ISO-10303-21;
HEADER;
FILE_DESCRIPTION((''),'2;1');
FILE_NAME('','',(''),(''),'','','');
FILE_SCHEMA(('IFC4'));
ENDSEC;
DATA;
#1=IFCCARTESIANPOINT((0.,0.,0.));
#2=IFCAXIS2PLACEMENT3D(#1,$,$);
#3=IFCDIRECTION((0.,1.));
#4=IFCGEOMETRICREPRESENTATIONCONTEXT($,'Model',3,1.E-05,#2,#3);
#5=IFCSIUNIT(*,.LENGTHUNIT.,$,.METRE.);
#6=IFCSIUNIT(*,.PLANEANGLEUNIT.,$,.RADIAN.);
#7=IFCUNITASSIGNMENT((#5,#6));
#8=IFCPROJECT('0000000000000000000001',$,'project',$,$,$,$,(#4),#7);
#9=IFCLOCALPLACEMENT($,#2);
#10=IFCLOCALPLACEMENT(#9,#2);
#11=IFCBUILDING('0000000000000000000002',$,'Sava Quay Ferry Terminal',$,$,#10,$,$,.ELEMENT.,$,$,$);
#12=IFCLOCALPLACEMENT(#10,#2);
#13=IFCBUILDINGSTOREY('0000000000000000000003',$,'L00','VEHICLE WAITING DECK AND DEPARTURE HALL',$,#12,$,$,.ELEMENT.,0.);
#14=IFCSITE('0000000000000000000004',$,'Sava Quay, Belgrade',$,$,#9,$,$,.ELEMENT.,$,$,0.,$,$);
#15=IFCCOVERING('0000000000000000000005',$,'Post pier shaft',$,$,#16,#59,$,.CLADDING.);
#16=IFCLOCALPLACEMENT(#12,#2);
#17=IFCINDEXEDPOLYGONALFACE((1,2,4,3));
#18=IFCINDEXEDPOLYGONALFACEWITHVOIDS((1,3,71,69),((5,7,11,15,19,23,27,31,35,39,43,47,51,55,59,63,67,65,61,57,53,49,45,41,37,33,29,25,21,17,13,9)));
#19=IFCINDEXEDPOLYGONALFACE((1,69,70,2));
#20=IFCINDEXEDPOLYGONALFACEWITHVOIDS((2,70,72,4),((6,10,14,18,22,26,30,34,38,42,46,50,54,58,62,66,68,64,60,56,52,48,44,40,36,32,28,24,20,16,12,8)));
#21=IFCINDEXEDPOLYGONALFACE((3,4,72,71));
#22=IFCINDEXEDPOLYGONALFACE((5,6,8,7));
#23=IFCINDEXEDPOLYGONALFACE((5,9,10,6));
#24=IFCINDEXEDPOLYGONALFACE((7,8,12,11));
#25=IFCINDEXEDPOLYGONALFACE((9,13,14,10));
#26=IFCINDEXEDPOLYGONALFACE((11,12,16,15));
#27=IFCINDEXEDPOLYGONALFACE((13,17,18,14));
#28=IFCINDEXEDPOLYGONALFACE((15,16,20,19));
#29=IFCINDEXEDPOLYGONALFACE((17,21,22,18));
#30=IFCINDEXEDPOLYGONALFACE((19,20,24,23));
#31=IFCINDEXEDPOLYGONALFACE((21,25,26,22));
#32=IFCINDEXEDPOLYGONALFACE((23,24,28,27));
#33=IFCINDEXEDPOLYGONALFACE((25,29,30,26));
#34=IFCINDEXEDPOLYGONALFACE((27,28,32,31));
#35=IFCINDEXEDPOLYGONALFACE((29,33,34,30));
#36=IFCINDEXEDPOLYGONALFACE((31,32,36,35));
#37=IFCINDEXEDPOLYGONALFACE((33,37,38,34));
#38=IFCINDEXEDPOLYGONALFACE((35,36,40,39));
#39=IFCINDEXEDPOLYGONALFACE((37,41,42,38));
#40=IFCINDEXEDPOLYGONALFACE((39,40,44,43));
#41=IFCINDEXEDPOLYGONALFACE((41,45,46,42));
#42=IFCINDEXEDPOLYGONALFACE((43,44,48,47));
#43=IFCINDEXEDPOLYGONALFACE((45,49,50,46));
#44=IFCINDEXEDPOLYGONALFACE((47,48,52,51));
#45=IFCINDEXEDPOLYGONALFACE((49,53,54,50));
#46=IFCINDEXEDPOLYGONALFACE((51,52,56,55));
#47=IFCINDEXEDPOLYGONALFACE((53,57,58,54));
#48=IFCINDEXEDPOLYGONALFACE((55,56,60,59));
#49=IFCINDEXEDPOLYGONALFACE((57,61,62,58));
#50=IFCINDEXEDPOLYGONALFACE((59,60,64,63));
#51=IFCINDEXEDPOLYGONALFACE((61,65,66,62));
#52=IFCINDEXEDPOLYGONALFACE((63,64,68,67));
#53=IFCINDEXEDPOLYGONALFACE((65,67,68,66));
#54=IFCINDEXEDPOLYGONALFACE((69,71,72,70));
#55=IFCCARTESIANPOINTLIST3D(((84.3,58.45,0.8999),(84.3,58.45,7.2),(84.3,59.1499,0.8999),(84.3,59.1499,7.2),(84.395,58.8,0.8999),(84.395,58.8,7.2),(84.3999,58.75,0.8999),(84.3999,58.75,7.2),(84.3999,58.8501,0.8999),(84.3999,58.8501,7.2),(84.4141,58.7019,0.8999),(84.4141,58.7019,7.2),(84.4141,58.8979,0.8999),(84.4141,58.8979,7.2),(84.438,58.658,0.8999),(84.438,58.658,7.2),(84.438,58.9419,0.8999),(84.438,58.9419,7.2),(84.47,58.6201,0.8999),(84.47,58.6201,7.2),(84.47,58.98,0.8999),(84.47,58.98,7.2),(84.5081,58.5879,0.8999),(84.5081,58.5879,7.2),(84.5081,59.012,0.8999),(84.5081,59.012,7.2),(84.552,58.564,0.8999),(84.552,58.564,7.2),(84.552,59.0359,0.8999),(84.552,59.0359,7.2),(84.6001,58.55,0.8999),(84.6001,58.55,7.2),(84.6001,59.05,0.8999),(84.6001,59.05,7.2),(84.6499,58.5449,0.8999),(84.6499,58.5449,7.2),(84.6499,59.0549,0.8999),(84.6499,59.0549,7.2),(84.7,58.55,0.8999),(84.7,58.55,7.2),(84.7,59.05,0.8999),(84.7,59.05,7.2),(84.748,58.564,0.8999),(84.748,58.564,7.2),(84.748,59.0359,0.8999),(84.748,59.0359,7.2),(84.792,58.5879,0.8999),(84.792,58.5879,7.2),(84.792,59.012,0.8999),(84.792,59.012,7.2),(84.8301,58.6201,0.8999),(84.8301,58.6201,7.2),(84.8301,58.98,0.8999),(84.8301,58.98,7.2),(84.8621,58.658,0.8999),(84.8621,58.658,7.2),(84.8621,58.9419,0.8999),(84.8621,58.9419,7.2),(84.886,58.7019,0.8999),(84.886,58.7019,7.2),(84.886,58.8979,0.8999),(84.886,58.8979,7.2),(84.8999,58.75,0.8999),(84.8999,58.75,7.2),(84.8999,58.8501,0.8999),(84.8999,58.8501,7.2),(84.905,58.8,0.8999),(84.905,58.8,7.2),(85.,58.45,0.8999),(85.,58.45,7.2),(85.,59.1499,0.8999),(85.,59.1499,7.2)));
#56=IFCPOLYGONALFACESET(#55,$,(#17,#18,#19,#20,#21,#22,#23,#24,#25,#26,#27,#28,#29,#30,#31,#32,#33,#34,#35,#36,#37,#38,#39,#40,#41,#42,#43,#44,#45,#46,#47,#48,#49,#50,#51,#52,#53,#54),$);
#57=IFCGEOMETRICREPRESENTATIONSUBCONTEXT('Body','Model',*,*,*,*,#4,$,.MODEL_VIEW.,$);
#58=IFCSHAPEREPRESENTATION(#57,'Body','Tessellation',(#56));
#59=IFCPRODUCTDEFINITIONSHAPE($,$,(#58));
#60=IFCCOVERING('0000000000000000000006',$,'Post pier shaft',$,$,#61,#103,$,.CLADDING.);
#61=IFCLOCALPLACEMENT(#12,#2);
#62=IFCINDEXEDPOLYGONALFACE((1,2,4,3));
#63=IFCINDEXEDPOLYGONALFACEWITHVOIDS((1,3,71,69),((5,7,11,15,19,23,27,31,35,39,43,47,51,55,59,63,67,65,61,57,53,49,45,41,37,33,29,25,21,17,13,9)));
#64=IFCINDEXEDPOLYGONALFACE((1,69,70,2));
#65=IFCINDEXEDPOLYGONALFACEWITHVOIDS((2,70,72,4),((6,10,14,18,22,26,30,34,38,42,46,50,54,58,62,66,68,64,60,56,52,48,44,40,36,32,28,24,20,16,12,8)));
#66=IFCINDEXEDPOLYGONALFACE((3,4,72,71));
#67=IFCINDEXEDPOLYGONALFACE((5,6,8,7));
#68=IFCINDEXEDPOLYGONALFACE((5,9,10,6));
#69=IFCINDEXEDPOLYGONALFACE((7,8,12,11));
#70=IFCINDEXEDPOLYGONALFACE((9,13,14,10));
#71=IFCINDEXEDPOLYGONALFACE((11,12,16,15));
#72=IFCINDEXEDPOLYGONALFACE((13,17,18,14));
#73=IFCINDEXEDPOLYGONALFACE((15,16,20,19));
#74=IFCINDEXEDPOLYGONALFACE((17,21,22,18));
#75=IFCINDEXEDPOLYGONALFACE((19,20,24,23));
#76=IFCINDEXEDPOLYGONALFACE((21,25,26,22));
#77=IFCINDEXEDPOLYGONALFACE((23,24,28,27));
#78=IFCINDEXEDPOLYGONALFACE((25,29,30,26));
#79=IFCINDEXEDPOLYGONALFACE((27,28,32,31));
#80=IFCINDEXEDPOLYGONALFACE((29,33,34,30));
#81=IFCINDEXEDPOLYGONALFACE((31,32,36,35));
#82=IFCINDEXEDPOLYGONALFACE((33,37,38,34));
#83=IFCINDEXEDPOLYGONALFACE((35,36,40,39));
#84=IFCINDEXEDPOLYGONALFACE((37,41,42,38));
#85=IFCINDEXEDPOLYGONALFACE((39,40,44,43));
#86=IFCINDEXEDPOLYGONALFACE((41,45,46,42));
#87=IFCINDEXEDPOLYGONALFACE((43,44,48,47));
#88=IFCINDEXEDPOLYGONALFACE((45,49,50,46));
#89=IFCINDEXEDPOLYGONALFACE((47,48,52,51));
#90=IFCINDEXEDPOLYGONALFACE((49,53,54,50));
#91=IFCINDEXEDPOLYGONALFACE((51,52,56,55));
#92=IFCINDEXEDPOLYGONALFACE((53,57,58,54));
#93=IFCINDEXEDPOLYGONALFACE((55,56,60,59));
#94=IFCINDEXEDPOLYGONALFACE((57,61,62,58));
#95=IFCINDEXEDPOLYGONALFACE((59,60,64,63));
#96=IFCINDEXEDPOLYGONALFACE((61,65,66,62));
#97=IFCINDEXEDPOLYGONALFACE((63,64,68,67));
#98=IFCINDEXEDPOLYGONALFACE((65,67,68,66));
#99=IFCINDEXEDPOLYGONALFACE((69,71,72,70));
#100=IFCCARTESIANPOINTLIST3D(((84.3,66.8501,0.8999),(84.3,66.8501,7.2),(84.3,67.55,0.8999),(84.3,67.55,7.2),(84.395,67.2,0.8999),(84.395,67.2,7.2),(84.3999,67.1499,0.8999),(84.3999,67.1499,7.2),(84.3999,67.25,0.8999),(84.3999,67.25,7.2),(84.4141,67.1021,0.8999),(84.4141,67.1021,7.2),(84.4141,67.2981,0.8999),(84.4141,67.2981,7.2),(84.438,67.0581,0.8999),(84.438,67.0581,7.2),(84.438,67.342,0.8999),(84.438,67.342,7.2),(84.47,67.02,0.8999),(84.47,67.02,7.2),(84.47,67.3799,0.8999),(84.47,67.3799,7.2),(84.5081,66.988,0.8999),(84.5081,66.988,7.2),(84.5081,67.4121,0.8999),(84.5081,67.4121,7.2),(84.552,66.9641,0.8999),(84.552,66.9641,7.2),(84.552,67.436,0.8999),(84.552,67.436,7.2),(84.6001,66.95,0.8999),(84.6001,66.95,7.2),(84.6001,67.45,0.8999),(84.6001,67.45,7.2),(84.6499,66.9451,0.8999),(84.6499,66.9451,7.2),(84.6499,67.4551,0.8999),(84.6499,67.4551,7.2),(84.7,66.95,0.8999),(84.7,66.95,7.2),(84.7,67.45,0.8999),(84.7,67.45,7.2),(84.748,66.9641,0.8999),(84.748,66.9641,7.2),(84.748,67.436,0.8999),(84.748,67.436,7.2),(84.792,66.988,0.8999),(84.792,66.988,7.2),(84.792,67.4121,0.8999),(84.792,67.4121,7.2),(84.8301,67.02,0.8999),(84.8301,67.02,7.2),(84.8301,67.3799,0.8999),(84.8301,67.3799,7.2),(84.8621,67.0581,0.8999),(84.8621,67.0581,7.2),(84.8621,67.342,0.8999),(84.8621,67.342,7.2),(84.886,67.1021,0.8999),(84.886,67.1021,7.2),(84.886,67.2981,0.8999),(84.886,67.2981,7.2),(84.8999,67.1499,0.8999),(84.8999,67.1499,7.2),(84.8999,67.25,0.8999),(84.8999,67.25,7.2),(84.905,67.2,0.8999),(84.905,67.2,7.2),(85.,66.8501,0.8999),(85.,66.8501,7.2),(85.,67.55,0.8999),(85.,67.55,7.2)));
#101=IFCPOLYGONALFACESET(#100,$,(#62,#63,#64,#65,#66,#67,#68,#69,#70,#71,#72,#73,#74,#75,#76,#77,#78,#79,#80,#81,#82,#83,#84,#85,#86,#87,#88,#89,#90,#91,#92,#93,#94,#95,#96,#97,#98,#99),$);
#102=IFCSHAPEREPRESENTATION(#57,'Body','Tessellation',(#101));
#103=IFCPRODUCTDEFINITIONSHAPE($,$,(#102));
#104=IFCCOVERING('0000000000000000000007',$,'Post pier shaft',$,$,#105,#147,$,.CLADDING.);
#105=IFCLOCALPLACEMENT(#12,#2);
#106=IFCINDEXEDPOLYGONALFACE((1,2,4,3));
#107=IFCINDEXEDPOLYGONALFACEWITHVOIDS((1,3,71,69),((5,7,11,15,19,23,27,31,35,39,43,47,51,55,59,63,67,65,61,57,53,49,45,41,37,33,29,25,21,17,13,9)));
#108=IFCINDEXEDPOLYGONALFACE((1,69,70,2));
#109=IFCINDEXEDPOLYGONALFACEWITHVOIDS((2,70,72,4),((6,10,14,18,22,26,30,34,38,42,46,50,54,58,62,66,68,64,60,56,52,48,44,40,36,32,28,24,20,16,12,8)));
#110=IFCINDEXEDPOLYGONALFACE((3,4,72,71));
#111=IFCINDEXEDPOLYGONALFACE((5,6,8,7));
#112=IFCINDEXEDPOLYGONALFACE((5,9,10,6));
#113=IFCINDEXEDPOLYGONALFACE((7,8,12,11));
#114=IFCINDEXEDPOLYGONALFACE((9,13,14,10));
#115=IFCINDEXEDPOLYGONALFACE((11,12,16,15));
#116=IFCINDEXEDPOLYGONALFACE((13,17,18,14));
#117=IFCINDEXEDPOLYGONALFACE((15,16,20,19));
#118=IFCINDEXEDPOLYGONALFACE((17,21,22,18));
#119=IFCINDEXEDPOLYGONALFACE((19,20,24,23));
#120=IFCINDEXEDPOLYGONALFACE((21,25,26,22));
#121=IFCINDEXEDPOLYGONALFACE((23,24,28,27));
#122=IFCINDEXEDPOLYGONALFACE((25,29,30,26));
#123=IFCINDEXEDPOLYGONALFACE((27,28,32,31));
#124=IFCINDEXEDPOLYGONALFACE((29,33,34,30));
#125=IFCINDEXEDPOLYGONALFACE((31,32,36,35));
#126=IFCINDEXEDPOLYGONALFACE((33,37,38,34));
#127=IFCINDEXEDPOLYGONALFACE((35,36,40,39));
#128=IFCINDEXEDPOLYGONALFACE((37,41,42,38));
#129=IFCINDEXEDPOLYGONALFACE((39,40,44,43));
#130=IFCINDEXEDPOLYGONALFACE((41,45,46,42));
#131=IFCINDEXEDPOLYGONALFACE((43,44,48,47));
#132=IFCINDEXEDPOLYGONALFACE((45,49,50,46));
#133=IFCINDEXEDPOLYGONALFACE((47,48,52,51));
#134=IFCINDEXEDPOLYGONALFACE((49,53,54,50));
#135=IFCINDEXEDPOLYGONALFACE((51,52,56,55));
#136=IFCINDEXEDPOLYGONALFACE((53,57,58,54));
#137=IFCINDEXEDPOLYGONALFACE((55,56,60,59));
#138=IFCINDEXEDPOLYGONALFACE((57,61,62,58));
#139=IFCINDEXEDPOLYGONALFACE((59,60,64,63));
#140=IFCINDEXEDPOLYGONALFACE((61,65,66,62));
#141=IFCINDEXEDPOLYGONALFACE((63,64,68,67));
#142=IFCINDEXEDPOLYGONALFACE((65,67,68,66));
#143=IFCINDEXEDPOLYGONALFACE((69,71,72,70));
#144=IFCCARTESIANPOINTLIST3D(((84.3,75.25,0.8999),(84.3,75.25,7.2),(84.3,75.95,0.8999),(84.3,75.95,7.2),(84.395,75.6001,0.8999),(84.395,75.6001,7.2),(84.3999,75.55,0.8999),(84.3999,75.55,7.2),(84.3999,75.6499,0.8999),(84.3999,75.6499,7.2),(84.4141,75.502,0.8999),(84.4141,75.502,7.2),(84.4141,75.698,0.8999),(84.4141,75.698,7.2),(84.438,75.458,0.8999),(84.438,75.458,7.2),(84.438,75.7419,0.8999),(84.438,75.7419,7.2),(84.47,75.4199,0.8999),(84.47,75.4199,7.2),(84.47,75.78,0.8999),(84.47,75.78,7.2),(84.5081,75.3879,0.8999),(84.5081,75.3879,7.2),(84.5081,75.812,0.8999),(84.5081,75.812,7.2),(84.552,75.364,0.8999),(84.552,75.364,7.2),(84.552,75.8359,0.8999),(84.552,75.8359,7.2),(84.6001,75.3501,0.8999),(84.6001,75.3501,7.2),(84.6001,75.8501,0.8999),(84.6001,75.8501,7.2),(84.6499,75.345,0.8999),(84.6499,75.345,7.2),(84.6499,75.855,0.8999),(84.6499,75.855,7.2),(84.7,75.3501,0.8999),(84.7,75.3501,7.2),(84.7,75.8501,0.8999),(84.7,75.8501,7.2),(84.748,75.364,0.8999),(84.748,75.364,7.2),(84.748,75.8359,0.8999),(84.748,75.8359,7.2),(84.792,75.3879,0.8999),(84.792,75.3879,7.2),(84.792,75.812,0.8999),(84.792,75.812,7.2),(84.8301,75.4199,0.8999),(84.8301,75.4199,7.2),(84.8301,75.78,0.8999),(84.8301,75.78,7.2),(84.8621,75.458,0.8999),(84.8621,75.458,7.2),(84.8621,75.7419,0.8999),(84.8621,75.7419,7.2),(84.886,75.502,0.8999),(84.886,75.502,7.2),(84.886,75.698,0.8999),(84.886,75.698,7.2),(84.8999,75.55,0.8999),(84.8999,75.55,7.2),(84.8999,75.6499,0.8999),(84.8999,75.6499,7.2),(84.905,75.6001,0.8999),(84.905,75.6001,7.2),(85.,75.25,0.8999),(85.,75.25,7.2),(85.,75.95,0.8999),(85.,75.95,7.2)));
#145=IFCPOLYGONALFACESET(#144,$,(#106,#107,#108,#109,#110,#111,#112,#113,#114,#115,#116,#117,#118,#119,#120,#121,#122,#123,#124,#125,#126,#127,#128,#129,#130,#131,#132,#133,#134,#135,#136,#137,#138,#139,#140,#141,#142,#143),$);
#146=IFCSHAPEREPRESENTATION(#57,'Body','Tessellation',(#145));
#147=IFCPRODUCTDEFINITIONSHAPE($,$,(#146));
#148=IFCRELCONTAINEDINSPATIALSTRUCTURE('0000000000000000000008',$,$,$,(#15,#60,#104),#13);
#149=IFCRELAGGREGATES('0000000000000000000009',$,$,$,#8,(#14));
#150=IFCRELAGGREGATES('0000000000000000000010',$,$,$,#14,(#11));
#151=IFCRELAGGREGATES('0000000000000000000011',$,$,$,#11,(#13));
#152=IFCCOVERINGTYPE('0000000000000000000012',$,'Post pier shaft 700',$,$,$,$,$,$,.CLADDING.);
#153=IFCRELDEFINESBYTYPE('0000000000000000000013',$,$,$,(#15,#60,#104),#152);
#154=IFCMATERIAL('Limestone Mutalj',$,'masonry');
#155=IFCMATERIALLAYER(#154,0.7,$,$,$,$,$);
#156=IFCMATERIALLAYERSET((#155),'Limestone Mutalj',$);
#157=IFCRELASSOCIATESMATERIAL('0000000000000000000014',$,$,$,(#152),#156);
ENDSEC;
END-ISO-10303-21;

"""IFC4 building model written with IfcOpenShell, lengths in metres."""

from ifc_helpers import new_model, si_unit, direction, frame, origin, place, context, subcontext, project, spatial, polyline, outline, extrude, material, layer, layer_set, type_object, element, save


model = new_model("IFC4")

# Units and contexts
model_context = context("Model", 3, precision=1e-05, world=origin(), true_north=direction((0.0, 1.0)))
body_context = subcontext(model_context, "Body", "Model", "MODEL_VIEW")
ifc_project = project(units=[si_unit("LENGTHUNIT", "METRE"), si_unit("PLANEANGLEUNIT", "RADIAN")], contexts=[model_context])

# Site, building, storey
site_placement = place(None, origin())
site = spatial("IfcSite", under=ifc_project, at=site_placement, Name="Sava Quay, Belgrade", CompositionType="ELEMENT", RefElevation=0.0)
building_placement = place(site_placement, origin())
building = spatial("IfcBuilding", under=site, at=building_placement, Name="Sava Quay Ferry Terminal", CompositionType="ELEMENT")
storey_placement = place(building_placement, origin())
storey = spatial("IfcBuildingStorey", under=building, at=storey_placement, Name="L00", Description="VEHICLE WAITING DECK AND DEPARTURE HALL", CompositionType="ELEMENT", Elevation=0.0)

# Coverings
ifc_material_1 = material(Name="Limestone Mutalj", Category="masonry")
ifc_layer_1 = layer(ifc_material_1, 0.7)
ifc_layer_set_1 = layer_set([ifc_layer_1], Name="Limestone Mutalj")
covering_type_1 = type_object("IfcCoveringType", Name="Post pier shaft 700", PredefinedType="CLADDING", material=ifc_layer_set_1)
covering_1_placement = place(storey_placement, frame((0.0, 0.0, 0.8999)))
element("IfcCovering", 1, at=covering_1_placement, inside=storey, type_object=covering_type_1, Name="Post pier shaft", PredefinedType="CLADDING", context=body_context, shape_type="SweptSolid", body=[
    extrude(outline(polyline([(84.3, 58.45), (85.0, 58.45), (85.0, 59.1499), (84.3, 59.1499), (84.3, 58.45)]), holes=[polyline([(84.8999, 58.8501), (84.905, 58.8), (84.8999, 58.75), (84.886, 58.7019), (84.8621, 58.658), (84.8301, 58.6201), (84.792, 58.5879), (84.748, 58.564), (84.7, 58.55), (84.6499, 58.5449), (84.6001, 58.55), (84.552, 58.564), (84.5081, 58.5879), (84.47, 58.6201), (84.438, 58.658), (84.4141, 58.7019), (84.3999, 58.75), (84.395, 58.8), (84.3999, 58.8501), (84.4141, 58.8979), (84.438, 58.9419), (84.47, 58.98), (84.5081, 59.012), (84.552, 59.0359), (84.6001, 59.05), (84.6499, 59.0549), (84.7, 59.05), (84.748, 59.0359), (84.792, 59.012), (84.8301, 58.98), (84.8621, 58.9419), (84.886, 58.8979), (84.8999, 58.8501)])]), origin(), (0.0, 0.0, 1.0), 6.3),
])
covering_2_placement = place(storey_placement, frame((0.0, 0.0, 0.8999)))
element("IfcCovering", 2, at=covering_2_placement, inside=storey, type_object=covering_type_1, Name="Post pier shaft", PredefinedType="CLADDING", context=body_context, shape_type="SweptSolid", body=[
    extrude(outline(polyline([(84.3, 66.8501), (85.0, 66.8501), (85.0, 67.55), (84.3, 67.55), (84.3, 66.8501)]), holes=[polyline([(84.8999, 67.25), (84.905, 67.2), (84.8999, 67.1499), (84.886, 67.1021), (84.8621, 67.0581), (84.8301, 67.02), (84.792, 66.988), (84.748, 66.9641), (84.7, 66.95), (84.6499, 66.9451), (84.6001, 66.95), (84.552, 66.9641), (84.5081, 66.988), (84.47, 67.02), (84.438, 67.0581), (84.4141, 67.1021), (84.3999, 67.1499), (84.395, 67.2), (84.3999, 67.25), (84.4141, 67.2981), (84.438, 67.342), (84.47, 67.3799), (84.5081, 67.4121), (84.552, 67.436), (84.6001, 67.45), (84.6499, 67.4551), (84.7, 67.45), (84.748, 67.436), (84.792, 67.4121), (84.8301, 67.3799), (84.8621, 67.342), (84.886, 67.2981), (84.8999, 67.25)])]), origin(), (0.0, 0.0, 1.0), 6.3),
])
covering_3_placement = place(storey_placement, frame((0.0, 0.0, 0.8999)))
element("IfcCovering", 3, at=covering_3_placement, inside=storey, type_object=covering_type_1, Name="Post pier shaft", PredefinedType="CLADDING", context=body_context, shape_type="SweptSolid", body=[
    extrude(outline(polyline([(84.3, 75.25), (85.0, 75.25), (85.0, 75.95), (84.3, 75.95), (84.3, 75.25)]), holes=[polyline([(84.8999, 75.6499), (84.905, 75.6001), (84.8999, 75.55), (84.886, 75.502), (84.8621, 75.458), (84.8301, 75.4199), (84.792, 75.3879), (84.748, 75.364), (84.7, 75.3501), (84.6499, 75.345), (84.6001, 75.3501), (84.552, 75.364), (84.5081, 75.3879), (84.47, 75.4199), (84.438, 75.458), (84.4141, 75.502), (84.3999, 75.55), (84.395, 75.6001), (84.3999, 75.6499), (84.4141, 75.698), (84.438, 75.7419), (84.47, 75.78), (84.5081, 75.812), (84.552, 75.8359), (84.6001, 75.8501), (84.6499, 75.855), (84.7, 75.8501), (84.748, 75.8359), (84.792, 75.812), (84.8301, 75.78), (84.8621, 75.7419), (84.886, 75.698), (84.8999, 75.6499)])]), origin(), (0.0, 0.0, 1.0), 6.3),
])

save(model, "model.ifc")
